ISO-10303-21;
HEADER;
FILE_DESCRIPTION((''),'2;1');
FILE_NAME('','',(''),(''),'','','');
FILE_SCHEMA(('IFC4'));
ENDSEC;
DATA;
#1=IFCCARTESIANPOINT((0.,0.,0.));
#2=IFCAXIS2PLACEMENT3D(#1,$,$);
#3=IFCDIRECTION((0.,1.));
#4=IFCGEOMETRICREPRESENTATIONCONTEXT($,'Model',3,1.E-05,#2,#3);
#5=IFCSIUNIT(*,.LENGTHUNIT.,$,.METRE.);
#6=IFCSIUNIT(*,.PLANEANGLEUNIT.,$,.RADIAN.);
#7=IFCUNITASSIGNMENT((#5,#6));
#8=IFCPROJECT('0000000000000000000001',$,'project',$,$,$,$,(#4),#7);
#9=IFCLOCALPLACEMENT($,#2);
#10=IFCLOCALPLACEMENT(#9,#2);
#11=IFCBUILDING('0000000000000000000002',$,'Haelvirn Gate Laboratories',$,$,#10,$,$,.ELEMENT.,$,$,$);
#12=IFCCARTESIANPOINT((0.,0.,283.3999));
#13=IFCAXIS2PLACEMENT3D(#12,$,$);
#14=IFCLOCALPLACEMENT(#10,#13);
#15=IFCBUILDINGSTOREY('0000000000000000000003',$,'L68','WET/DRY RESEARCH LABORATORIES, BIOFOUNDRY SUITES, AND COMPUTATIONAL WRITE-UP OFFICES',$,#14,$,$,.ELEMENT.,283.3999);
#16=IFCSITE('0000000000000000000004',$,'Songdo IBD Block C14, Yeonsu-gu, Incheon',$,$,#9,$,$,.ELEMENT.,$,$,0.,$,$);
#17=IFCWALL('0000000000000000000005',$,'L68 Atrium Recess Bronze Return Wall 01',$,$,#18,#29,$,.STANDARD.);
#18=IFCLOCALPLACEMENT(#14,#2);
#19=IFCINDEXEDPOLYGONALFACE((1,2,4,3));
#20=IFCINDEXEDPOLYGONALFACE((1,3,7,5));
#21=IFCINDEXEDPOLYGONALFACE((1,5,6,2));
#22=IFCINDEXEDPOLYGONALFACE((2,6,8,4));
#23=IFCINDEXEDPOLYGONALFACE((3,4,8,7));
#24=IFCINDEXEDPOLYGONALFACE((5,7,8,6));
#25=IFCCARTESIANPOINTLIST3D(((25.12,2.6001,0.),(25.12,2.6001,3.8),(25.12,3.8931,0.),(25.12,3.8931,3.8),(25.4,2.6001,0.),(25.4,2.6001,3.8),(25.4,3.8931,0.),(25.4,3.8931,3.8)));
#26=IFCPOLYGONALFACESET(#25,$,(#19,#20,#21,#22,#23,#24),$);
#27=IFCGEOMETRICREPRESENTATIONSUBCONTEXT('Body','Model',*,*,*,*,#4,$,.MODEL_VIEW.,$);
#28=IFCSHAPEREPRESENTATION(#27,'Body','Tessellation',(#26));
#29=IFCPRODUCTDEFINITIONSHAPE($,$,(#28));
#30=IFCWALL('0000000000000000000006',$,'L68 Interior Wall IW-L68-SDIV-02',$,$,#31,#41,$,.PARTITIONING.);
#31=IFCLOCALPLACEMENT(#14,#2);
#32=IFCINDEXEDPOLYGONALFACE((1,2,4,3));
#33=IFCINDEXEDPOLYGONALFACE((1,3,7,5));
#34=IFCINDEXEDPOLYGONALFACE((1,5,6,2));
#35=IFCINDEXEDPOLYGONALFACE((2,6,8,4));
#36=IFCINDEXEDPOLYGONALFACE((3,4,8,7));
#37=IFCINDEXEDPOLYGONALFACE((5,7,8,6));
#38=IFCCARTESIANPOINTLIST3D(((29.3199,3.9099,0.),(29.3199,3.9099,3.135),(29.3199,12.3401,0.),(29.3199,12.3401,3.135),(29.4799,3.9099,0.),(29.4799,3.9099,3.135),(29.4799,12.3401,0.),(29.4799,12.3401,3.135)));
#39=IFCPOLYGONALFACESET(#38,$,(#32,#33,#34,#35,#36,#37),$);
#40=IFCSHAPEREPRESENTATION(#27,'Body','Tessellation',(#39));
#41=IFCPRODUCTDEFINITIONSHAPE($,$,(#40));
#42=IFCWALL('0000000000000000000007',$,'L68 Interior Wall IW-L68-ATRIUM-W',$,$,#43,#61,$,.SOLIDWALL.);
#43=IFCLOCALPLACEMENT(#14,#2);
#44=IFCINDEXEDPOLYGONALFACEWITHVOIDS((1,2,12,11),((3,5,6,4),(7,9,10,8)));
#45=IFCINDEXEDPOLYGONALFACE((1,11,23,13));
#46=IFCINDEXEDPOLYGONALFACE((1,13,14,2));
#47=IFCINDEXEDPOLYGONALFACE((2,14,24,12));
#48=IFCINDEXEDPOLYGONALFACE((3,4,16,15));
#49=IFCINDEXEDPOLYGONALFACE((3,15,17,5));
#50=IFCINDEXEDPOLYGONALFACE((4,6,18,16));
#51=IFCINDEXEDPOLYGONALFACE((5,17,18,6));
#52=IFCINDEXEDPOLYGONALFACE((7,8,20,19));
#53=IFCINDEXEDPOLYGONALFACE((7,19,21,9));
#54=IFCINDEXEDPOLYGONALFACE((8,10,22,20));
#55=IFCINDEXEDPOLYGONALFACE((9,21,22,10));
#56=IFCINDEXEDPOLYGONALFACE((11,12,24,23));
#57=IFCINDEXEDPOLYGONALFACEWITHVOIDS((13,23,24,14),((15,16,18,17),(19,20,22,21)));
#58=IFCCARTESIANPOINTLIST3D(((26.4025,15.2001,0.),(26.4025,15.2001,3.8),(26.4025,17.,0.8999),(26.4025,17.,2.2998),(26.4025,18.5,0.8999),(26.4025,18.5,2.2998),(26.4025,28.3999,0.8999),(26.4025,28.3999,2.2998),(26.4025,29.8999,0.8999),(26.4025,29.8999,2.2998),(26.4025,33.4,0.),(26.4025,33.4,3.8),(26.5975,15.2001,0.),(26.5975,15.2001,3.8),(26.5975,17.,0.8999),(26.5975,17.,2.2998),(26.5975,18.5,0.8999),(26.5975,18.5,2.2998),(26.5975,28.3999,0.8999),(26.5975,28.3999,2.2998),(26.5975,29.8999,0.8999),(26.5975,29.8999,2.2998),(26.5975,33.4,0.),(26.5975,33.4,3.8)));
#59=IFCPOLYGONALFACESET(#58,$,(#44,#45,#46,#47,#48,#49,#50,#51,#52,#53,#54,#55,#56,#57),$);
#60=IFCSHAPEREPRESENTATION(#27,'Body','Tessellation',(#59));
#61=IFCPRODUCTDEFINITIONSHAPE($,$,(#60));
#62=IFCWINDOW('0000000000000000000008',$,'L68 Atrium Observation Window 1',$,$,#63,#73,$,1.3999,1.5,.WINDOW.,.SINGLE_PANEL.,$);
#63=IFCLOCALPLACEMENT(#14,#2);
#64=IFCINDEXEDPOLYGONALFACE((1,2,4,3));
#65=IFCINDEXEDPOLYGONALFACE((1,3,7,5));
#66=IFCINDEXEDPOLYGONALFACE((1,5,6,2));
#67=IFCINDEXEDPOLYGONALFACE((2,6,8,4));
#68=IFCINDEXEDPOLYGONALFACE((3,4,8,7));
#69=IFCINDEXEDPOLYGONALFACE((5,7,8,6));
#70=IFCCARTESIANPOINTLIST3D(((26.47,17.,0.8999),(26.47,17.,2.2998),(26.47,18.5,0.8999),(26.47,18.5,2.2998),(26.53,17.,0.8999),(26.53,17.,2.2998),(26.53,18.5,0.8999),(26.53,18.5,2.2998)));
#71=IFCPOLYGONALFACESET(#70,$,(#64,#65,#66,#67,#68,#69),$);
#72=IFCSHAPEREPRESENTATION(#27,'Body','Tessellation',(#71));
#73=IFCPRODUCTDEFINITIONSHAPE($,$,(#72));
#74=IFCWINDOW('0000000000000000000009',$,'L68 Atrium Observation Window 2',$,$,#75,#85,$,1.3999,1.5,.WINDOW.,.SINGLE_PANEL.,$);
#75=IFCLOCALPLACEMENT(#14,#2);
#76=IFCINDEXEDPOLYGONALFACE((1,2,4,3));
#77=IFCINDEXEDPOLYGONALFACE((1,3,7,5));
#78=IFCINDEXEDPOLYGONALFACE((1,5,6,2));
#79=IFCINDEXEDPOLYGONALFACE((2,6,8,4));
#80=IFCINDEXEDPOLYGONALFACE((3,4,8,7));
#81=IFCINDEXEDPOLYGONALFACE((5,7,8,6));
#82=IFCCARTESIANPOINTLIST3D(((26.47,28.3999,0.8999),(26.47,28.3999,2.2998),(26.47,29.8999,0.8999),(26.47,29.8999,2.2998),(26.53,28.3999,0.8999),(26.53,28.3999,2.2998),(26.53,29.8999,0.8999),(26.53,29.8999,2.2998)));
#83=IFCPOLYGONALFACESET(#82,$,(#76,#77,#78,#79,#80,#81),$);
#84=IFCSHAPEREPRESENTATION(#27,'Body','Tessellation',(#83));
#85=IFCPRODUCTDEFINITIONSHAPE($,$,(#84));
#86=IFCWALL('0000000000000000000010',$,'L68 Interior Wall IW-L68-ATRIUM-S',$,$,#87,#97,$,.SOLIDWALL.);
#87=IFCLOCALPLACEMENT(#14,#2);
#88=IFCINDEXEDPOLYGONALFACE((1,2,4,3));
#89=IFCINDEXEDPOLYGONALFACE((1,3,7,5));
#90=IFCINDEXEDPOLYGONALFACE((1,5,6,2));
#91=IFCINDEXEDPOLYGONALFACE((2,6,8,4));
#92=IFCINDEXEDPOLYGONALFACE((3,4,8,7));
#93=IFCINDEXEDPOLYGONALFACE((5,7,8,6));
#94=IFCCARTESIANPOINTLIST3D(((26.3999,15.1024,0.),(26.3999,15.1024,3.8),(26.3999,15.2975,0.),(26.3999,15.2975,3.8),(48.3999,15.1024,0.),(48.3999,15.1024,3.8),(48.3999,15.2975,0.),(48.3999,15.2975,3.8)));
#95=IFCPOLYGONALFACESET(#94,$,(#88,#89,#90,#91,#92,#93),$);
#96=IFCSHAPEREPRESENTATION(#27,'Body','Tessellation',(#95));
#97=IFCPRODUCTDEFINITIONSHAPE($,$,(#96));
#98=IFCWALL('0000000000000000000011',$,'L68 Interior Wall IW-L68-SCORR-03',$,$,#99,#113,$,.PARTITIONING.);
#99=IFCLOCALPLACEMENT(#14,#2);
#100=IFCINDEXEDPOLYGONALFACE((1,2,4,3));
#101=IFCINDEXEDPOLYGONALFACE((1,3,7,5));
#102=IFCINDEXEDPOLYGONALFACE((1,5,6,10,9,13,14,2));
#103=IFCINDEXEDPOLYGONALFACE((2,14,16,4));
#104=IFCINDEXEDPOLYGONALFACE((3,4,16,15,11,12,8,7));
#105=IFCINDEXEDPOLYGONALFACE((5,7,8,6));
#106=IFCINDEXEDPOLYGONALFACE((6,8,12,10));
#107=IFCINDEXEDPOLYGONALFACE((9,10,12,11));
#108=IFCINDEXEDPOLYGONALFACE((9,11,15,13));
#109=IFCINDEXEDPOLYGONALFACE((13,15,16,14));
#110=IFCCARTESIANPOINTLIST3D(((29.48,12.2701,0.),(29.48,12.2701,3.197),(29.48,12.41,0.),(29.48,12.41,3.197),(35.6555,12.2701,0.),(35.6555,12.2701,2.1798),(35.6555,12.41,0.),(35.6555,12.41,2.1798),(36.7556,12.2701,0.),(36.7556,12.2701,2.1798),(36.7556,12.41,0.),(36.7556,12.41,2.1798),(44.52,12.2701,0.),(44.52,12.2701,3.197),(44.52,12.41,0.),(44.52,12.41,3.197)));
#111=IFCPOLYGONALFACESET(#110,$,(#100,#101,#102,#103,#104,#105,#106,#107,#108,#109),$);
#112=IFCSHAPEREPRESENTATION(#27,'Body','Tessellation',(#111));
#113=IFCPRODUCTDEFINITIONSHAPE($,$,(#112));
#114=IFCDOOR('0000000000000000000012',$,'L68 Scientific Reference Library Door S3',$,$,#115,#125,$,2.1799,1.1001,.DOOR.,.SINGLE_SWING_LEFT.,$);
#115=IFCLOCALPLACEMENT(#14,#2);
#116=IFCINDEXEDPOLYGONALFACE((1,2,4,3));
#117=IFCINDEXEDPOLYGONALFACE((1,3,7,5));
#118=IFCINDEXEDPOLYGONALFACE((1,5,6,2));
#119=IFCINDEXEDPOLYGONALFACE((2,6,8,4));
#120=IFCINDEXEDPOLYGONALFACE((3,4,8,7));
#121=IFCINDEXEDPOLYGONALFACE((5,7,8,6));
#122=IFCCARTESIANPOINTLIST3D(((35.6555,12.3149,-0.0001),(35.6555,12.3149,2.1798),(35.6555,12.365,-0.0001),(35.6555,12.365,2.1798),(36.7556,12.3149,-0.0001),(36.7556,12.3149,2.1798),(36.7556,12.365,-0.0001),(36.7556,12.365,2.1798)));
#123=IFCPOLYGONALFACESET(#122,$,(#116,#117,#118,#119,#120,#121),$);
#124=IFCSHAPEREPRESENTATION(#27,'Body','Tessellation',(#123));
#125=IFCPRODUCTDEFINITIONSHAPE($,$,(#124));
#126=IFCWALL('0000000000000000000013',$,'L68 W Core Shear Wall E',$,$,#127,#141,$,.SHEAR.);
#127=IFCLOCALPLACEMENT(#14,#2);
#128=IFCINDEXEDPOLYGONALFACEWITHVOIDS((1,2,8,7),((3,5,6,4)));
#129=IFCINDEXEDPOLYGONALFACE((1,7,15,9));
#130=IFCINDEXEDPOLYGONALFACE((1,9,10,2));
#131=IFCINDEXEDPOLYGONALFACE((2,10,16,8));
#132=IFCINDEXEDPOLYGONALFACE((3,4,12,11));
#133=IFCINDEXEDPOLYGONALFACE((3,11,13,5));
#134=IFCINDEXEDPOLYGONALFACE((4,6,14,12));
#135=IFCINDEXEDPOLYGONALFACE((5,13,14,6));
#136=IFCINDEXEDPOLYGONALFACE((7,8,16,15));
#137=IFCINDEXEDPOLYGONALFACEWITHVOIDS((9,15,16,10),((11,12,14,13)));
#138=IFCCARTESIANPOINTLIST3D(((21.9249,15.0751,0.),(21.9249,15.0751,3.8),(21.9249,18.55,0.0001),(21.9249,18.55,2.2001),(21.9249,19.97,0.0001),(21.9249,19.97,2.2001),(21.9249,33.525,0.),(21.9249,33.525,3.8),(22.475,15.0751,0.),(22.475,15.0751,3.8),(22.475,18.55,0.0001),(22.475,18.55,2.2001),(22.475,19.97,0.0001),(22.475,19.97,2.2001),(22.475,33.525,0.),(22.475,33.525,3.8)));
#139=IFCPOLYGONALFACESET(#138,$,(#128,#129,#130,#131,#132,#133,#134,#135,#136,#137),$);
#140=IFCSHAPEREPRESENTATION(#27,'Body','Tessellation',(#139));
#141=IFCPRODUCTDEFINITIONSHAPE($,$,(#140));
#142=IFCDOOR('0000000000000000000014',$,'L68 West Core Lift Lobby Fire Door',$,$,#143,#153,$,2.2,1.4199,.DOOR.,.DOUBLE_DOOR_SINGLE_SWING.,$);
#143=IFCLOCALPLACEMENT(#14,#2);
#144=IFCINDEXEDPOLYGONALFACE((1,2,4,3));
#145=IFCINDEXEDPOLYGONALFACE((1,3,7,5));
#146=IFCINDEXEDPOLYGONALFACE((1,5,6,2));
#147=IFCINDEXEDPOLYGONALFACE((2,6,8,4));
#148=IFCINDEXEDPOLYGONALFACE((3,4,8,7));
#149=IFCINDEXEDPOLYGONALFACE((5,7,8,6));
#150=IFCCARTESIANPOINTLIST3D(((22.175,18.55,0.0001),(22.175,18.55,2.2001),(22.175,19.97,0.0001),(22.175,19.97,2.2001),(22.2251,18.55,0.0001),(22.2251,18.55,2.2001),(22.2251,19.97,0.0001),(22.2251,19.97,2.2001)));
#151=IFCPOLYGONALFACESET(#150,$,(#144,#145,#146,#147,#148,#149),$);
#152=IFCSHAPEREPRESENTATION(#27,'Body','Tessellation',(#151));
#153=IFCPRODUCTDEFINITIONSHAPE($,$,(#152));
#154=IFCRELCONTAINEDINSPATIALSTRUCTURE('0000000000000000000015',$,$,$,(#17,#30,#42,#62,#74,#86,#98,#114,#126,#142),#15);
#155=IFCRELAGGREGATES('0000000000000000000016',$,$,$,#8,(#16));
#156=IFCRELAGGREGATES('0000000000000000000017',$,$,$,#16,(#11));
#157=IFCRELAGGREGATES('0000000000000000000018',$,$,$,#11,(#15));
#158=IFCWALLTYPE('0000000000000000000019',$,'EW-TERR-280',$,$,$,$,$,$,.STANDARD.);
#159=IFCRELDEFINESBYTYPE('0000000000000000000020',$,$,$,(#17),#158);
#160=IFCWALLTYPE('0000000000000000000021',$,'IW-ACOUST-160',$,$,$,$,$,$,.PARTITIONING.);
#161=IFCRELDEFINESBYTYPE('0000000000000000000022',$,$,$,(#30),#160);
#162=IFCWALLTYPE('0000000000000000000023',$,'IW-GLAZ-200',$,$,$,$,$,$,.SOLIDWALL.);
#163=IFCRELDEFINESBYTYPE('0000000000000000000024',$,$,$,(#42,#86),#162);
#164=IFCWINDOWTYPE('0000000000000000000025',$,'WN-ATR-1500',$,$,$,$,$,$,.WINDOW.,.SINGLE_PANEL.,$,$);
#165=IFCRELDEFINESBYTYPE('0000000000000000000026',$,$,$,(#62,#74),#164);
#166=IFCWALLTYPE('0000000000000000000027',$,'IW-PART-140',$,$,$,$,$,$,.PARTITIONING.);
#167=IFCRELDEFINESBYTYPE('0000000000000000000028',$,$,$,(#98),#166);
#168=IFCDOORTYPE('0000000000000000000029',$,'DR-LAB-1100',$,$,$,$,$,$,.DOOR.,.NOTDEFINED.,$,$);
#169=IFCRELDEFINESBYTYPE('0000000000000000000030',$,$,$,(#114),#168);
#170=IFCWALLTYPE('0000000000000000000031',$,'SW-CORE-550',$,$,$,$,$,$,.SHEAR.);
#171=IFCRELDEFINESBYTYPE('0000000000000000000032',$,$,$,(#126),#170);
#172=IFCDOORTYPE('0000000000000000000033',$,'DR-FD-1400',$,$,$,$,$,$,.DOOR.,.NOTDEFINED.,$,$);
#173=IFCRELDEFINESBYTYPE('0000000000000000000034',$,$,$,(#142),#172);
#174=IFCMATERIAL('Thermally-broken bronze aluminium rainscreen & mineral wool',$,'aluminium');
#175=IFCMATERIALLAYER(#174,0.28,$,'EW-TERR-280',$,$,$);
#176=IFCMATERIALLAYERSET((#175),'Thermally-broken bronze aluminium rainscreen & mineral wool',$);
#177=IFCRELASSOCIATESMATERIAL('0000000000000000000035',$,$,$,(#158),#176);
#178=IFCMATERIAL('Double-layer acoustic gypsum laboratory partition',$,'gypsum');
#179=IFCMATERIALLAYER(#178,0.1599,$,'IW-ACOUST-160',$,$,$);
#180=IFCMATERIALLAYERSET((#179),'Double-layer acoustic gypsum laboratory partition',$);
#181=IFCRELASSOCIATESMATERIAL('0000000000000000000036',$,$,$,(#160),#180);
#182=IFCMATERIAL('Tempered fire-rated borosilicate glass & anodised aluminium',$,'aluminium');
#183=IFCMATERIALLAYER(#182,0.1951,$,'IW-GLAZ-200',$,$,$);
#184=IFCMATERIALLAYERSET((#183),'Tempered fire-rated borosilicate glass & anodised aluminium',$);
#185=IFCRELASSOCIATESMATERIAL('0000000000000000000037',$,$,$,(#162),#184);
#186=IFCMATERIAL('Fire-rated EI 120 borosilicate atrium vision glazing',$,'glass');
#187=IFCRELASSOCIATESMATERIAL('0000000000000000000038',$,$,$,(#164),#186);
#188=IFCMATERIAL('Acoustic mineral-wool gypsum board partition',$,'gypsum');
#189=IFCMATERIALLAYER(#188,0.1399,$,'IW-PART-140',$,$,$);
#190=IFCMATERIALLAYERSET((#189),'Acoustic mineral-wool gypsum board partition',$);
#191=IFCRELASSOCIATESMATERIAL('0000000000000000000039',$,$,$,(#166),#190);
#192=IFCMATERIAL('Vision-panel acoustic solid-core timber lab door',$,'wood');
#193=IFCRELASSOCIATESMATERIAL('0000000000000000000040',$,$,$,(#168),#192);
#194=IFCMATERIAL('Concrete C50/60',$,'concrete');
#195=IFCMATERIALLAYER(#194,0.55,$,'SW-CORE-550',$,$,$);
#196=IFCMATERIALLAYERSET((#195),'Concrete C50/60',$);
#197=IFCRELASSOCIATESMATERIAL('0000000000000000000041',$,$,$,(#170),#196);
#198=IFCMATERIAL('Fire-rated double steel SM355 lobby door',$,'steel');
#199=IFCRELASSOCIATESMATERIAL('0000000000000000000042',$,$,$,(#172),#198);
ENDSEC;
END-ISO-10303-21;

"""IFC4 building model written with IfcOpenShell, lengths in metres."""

from ifc_helpers import new_model, si_unit, direction, frame, frame_2d, origin, place, context, subcontext, project, spatial, rectangle, extrude, source, transform, mapped, material, layer, layer_set, type_object, type_shapes, element, fill, save


model = new_model("IFC4")

# Units and contexts
model_context = context("Model", 3, precision=1e-05, world=origin(), true_north=direction((0.0, 1.0)))
body_context = subcontext(model_context, "Body", "Model", "MODEL_VIEW")
ifc_project = project(units=[si_unit("LENGTHUNIT", "METRE"), si_unit("PLANEANGLEUNIT", "RADIAN")], contexts=[model_context])

# Site, building, storey
site_placement = place(None, origin())
site = spatial("IfcSite", under=ifc_project, at=site_placement, Name="Songdo IBD Block C14, Yeonsu-gu, Incheon", CompositionType="ELEMENT", RefElevation=0.0)
building_placement = place(site_placement, origin())
building = spatial("IfcBuilding", under=site, at=building_placement, Name="Haelvirn Gate Laboratories", CompositionType="ELEMENT")
storey_placement = place(building_placement, frame((0.0, 0.0, 283.3999)))
storey = spatial("IfcBuildingStorey", under=building, at=storey_placement, Name="L68", Description="WET/DRY RESEARCH LABORATORIES, BIOFOUNDRY SUITES, AND COMPUTATIONAL WRITE-UP OFFICES", CompositionType="ELEMENT", Elevation=283.3999)

# Shared definitions
ifc_material_1 = material(Name="Thermally-broken bronze aluminium rainscreen & mineral wool", Category="aluminium")
ifc_layer_1 = layer(ifc_material_1, 0.28, Name="EW-TERR-280")
ifc_layer_set_1 = layer_set([ifc_layer_1], Name="Thermally-broken bronze aluminium rainscreen & mineral wool")
wall_type_1 = type_object("IfcWallType", Name="EW-TERR-280", PredefinedType="STANDARD", material=ifc_layer_set_1)

# Walls
wall_1_placement = place(storey_placement, frame((25.26, 2.6001, 0.0), z_axis=(0.0, 0.0, 1.0), x_axis=(0.0, 1.0, 0.0)))
element("IfcWall", 1, at=wall_1_placement, inside=storey, type_object=wall_type_1, Name="L68 Atrium Recess Bronze Return Wall 01", PredefinedType="STANDARD", context=body_context, shape_type="SweptSolid", body=[
    extrude(rectangle(XDim=1.293, YDim=0.28, at=frame_2d((0.6465, 0.0))), origin(), (0.0, 0.0, 1.0), 3.8),
])
ifc_material_2 = material(Name="Double-layer acoustic gypsum laboratory partition", Category="gypsum")
ifc_layer_2 = layer(ifc_material_2, 0.1599, Name="IW-ACOUST-160")
ifc_layer_set_2 = layer_set([ifc_layer_2], Name="Double-layer acoustic gypsum laboratory partition")
wall_type_2 = type_object("IfcWallType", Name="IW-ACOUST-160", PredefinedType="PARTITIONING", material=ifc_layer_set_2)
wall_2_placement = place(storey_placement, frame((29.3999, 3.9099, 0.0), z_axis=(0.0, 0.0, 1.0), x_axis=(0.0, 1.0, 0.0)))
element("IfcWall", 2, at=wall_2_placement, inside=storey, type_object=wall_type_2, Name="L68 Interior Wall IW-L68-SDIV-02", PredefinedType="PARTITIONING", context=body_context, shape_type="SweptSolid", body=[
    extrude(rectangle(XDim=8.4302, YDim=0.1599, at=frame_2d((4.2151, 0.0))), origin(), (0.0, 0.0, 1.0), 3.135),
])

# Wall, openings, windows
ifc_material_3 = material(Name="Tempered fire-rated borosilicate glass & anodised aluminium", Category="aluminium")
ifc_layer_3 = layer(ifc_material_3, 0.1951, Name="IW-GLAZ-200")
ifc_layer_set_3 = layer_set([ifc_layer_3], Name="Tempered fire-rated borosilicate glass & anodised aluminium")
wall_type_3 = type_object("IfcWallType", Name="IW-GLAZ-200", PredefinedType="SOLIDWALL", material=ifc_layer_set_3)
wall_3_placement = place(storey_placement, frame((26.5, 15.2, 0.0), z_axis=(0.0, 0.0, 1.0), x_axis=(0.0, 1.0, 0.0)))
wall_3 = element("IfcWall", 3, at=wall_3_placement, inside=storey, type_object=wall_type_3, Name="L68 Interior Wall IW-L68-ATRIUM-W", PredefinedType="SOLIDWALL", context=body_context, shape_type="SweptSolid", body=[
    extrude(rectangle(XDim=18.2, YDim=0.1951, at=frame_2d((9.1001, 0.0))), origin(), (0.0, 0.0, 1.0), 3.8),
])
opening_1_placement = place(wall_3_placement, frame((1.8, 0.0, 0.8999)))
opening_1 = element("IfcOpeningElement", 4, at=opening_1_placement, cuts=wall_3, PredefinedType="OPENING", context=body_context, shape_type="SweptSolid", body=[
    extrude(rectangle(XDim=1.5, YDim=1.3999, at=frame_2d((0.75, 0.7))), frame((0.0, 0.1074, 0.0), z_axis=(0.0, -1.0, 0.0), x_axis=(1.0, 0.0, 0.0)), (0.0, 0.0, 1.0), 0.2151),
])
opening_2_placement = place(wall_3_placement, frame((13.2, 0.0, 0.8999)))
opening_2 = element("IfcOpeningElement", 5, at=opening_2_placement, cuts=wall_3, PredefinedType="OPENING", context=body_context, shape_type="SweptSolid", body=[
    extrude(rectangle(XDim=1.5, YDim=1.3999, at=frame_2d((0.75, 0.7))), frame((0.0, 0.1074, 0.0), z_axis=(0.0, -1.0, 0.0), x_axis=(1.0, 0.0, 0.0)), (0.0, 0.0, 1.0), 0.2151),
])
ifc_material_4 = material(Name="Fire-rated EI 120 borosilicate atrium vision glazing", Category="glass")
window_type_1 = type_object("IfcWindowType", Name="WN-ATR-1500", PartitioningType="SINGLE_PANEL", PredefinedType="WINDOW", material=ifc_material_4)
shared_shape_1 = source(origin(), body_context, "Body", "SweptSolid", [
    extrude(rectangle(XDim=1.5, YDim=1.3999, at=frame_2d((0.75, 0.7))), frame((0.0, 0.03, 0.0), z_axis=(0.0, -1.0, 0.0), x_axis=(1.0, 0.0, 0.0)), (0.0, 0.0, 1.0), 0.0601),
])
type_shapes(window_type_1, [shared_shape_1])
window_1_placement = place(opening_1_placement, origin())
window_1 = element("IfcWindow", 6, at=window_1_placement, inside=storey, type_object=window_type_1, Name="L68 Atrium Observation Window 1", OverallHeight=1.3999, OverallWidth=1.5, PartitioningType="SINGLE_PANEL", PredefinedType="WINDOW", context=body_context, shape_type="MappedRepresentation", body=[
    mapped(shared_shape_1, transform((0.0, 0.0, 0.0), scale=1.0)),
])
fill(opening_1, window_1)
window_2_placement = place(opening_2_placement, origin())
window_2 = element("IfcWindow", 7, at=window_2_placement, inside=storey, type_object=window_type_1, Name="L68 Atrium Observation Window 2", OverallHeight=1.3999, OverallWidth=1.5, PartitioningType="SINGLE_PANEL", PredefinedType="WINDOW", context=body_context, shape_type="MappedRepresentation", body=[
    mapped(shared_shape_1, transform((0.0, 0.0, 0.0), scale=1.0)),
])
fill(opening_2, window_2)

# Wall
wall_4_placement = place(storey_placement, frame((26.3999, 15.2, 0.0), z_axis=(0.0, 0.0, 1.0), x_axis=(1.0, 0.0, 0.0)))
element("IfcWall", 8, at=wall_4_placement, inside=storey, type_object=wall_type_3, Name="L68 Interior Wall IW-L68-ATRIUM-S", PredefinedType="SOLIDWALL", context=body_context, shape_type="SweptSolid", body=[
    extrude(rectangle(XDim=22.0, YDim=0.1951, at=frame_2d((11.0, 0.0))), origin(), (0.0, 0.0, 1.0), 3.8),
])

# Walls, openings, doors
ifc_material_5 = material(Name="Acoustic mineral-wool gypsum board partition", Category="gypsum")
ifc_layer_4 = layer(ifc_material_5, 0.1399, Name="IW-PART-140")
ifc_layer_set_4 = layer_set([ifc_layer_4], Name="Acoustic mineral-wool gypsum board partition")
wall_type_4 = type_object("IfcWallType", Name="IW-PART-140", PredefinedType="PARTITIONING", material=ifc_layer_set_4)
wall_5_placement = place(storey_placement, frame((29.48, 12.3401, 0.0), z_axis=(0.0, 0.0, 1.0), x_axis=(1.0, 0.0, 0.0)))
wall_5 = element("IfcWall", 9, at=wall_5_placement, inside=storey, type_object=wall_type_4, Name="L68 Interior Wall IW-L68-SCORR-03", PredefinedType="PARTITIONING", context=body_context, shape_type="SweptSolid", body=[
    extrude(rectangle(XDim=15.04, YDim=0.1399, at=frame_2d((7.52, 0.0))), origin(), (0.0, 0.0, 1.0), 3.197),
])
opening_3_placement = place(wall_5_placement, frame((6.1755, 0.0, 0.0)))
opening_3 = element("IfcOpeningElement", 10, at=opening_3_placement, cuts=wall_5, PredefinedType="OPENING", context=body_context, shape_type="SweptSolid", body=[
    extrude(rectangle(XDim=1.1001, YDim=2.1799, at=frame_2d((0.55, 1.0898))), frame((0.0, 0.0801, 0.0), z_axis=(0.0, -1.0, 0.0), x_axis=(1.0, 0.0, 0.0)), (0.0, 0.0, 1.0), 0.1599),
])
ifc_material_6 = material(Name="Vision-panel acoustic solid-core timber lab door", Category="wood")
door_type_1 = type_object("IfcDoorType", Name="DR-LAB-1100", OperationType="NOTDEFINED", PredefinedType="DOOR", material=ifc_material_6)
shared_shape_2 = source(origin(), body_context, "Body", "SweptSolid", [
    extrude(rectangle(XDim=1.1001, YDim=2.1799, at=frame_2d((0.55, 1.0898))), frame((0.0, 0.0249, 0.0), z_axis=(0.0, -1.0, 0.0), x_axis=(1.0, 0.0, 0.0)), (0.0, 0.0, 1.0), 0.05),
])
type_shapes(door_type_1, [shared_shape_2])
door_1_placement = place(opening_3_placement, origin())
door_1 = element("IfcDoor", 11, at=door_1_placement, inside=storey, type_object=door_type_1, Name="L68 Scientific Reference Library Door S3", OperationType="SINGLE_SWING_LEFT", OverallHeight=2.1799, OverallWidth=1.1001, PredefinedType="DOOR", context=body_context, shape_type="MappedRepresentation", body=[
    mapped(shared_shape_2, transform((0.0, 0.0, 0.0), scale=1.0)),
])
fill(opening_3, door_1)
ifc_material_7 = material(Name="Concrete C50/60", Category="concrete")
ifc_layer_5 = layer(ifc_material_7, 0.55, Name="SW-CORE-550")
ifc_layer_set_5 = layer_set([ifc_layer_5], Name="Concrete C50/60")
wall_type_5 = type_object("IfcWallType", Name="SW-CORE-550", PredefinedType="SHEAR", material=ifc_layer_set_5)
wall_6_placement = place(storey_placement, frame((22.2, 15.075, 0.0), z_axis=(0.0, 0.0, 1.0), x_axis=(0.0, 1.0, 0.0)))
wall_6 = element("IfcWall", 12, at=wall_6_placement, inside=storey, type_object=wall_type_5, Name="L68 W Core Shear Wall E", PredefinedType="SHEAR", context=body_context, shape_type="SweptSolid", body=[
    extrude(rectangle(XDim=18.45, YDim=0.55, at=frame_2d((9.2251, 0.0))), origin(), (0.0, 0.0, 1.0), 3.8),
])
opening_4_placement = place(wall_6_placement, frame((3.4751, 0.0, 0.0)))
opening_4 = element("IfcOpeningElement", 13, at=opening_4_placement, cuts=wall_6, PredefinedType="OPENING", context=body_context, shape_type="SweptSolid", body=[
    extrude(rectangle(XDim=1.4199, YDim=2.2, at=frame_2d((0.71, 1.1001))), frame((0.0, 0.2852, 0.0), z_axis=(0.0, -1.0, 0.0), x_axis=(1.0, 0.0, 0.0)), (0.0, 0.0, 1.0), 0.5701),
])
ifc_material_8 = material(Name="Fire-rated double steel SM355 lobby door", Category="steel")
door_type_2 = type_object("IfcDoorType", Name="DR-FD-1400", OperationType="NOTDEFINED", PredefinedType="DOOR", material=ifc_material_8)
shared_shape_3 = source(origin(), body_context, "Body", "SweptSolid", [
    extrude(rectangle(XDim=1.4199, YDim=2.2, at=frame_2d((0.71, 1.1001))), frame((0.0, 0.0249, 0.0), z_axis=(0.0, -1.0, 0.0), x_axis=(1.0, 0.0, 0.0)), (0.0, 0.0, 1.0), 0.05),
])
type_shapes(door_type_2, [shared_shape_3])
door_2_placement = place(opening_4_placement, origin())
door_2 = element("IfcDoor", 14, at=door_2_placement, inside=storey, type_object=door_type_2, Name="L68 West Core Lift Lobby Fire Door", OperationType="DOUBLE_DOOR_SINGLE_SWING", OverallHeight=2.2, OverallWidth=1.4199, PredefinedType="DOOR", context=body_context, shape_type="MappedRepresentation", body=[
    mapped(shared_shape_3, transform((0.0, 0.0, 0.0), scale=1.0)),
])
fill(opening_4, door_2)

save(model, "model.ifc")
